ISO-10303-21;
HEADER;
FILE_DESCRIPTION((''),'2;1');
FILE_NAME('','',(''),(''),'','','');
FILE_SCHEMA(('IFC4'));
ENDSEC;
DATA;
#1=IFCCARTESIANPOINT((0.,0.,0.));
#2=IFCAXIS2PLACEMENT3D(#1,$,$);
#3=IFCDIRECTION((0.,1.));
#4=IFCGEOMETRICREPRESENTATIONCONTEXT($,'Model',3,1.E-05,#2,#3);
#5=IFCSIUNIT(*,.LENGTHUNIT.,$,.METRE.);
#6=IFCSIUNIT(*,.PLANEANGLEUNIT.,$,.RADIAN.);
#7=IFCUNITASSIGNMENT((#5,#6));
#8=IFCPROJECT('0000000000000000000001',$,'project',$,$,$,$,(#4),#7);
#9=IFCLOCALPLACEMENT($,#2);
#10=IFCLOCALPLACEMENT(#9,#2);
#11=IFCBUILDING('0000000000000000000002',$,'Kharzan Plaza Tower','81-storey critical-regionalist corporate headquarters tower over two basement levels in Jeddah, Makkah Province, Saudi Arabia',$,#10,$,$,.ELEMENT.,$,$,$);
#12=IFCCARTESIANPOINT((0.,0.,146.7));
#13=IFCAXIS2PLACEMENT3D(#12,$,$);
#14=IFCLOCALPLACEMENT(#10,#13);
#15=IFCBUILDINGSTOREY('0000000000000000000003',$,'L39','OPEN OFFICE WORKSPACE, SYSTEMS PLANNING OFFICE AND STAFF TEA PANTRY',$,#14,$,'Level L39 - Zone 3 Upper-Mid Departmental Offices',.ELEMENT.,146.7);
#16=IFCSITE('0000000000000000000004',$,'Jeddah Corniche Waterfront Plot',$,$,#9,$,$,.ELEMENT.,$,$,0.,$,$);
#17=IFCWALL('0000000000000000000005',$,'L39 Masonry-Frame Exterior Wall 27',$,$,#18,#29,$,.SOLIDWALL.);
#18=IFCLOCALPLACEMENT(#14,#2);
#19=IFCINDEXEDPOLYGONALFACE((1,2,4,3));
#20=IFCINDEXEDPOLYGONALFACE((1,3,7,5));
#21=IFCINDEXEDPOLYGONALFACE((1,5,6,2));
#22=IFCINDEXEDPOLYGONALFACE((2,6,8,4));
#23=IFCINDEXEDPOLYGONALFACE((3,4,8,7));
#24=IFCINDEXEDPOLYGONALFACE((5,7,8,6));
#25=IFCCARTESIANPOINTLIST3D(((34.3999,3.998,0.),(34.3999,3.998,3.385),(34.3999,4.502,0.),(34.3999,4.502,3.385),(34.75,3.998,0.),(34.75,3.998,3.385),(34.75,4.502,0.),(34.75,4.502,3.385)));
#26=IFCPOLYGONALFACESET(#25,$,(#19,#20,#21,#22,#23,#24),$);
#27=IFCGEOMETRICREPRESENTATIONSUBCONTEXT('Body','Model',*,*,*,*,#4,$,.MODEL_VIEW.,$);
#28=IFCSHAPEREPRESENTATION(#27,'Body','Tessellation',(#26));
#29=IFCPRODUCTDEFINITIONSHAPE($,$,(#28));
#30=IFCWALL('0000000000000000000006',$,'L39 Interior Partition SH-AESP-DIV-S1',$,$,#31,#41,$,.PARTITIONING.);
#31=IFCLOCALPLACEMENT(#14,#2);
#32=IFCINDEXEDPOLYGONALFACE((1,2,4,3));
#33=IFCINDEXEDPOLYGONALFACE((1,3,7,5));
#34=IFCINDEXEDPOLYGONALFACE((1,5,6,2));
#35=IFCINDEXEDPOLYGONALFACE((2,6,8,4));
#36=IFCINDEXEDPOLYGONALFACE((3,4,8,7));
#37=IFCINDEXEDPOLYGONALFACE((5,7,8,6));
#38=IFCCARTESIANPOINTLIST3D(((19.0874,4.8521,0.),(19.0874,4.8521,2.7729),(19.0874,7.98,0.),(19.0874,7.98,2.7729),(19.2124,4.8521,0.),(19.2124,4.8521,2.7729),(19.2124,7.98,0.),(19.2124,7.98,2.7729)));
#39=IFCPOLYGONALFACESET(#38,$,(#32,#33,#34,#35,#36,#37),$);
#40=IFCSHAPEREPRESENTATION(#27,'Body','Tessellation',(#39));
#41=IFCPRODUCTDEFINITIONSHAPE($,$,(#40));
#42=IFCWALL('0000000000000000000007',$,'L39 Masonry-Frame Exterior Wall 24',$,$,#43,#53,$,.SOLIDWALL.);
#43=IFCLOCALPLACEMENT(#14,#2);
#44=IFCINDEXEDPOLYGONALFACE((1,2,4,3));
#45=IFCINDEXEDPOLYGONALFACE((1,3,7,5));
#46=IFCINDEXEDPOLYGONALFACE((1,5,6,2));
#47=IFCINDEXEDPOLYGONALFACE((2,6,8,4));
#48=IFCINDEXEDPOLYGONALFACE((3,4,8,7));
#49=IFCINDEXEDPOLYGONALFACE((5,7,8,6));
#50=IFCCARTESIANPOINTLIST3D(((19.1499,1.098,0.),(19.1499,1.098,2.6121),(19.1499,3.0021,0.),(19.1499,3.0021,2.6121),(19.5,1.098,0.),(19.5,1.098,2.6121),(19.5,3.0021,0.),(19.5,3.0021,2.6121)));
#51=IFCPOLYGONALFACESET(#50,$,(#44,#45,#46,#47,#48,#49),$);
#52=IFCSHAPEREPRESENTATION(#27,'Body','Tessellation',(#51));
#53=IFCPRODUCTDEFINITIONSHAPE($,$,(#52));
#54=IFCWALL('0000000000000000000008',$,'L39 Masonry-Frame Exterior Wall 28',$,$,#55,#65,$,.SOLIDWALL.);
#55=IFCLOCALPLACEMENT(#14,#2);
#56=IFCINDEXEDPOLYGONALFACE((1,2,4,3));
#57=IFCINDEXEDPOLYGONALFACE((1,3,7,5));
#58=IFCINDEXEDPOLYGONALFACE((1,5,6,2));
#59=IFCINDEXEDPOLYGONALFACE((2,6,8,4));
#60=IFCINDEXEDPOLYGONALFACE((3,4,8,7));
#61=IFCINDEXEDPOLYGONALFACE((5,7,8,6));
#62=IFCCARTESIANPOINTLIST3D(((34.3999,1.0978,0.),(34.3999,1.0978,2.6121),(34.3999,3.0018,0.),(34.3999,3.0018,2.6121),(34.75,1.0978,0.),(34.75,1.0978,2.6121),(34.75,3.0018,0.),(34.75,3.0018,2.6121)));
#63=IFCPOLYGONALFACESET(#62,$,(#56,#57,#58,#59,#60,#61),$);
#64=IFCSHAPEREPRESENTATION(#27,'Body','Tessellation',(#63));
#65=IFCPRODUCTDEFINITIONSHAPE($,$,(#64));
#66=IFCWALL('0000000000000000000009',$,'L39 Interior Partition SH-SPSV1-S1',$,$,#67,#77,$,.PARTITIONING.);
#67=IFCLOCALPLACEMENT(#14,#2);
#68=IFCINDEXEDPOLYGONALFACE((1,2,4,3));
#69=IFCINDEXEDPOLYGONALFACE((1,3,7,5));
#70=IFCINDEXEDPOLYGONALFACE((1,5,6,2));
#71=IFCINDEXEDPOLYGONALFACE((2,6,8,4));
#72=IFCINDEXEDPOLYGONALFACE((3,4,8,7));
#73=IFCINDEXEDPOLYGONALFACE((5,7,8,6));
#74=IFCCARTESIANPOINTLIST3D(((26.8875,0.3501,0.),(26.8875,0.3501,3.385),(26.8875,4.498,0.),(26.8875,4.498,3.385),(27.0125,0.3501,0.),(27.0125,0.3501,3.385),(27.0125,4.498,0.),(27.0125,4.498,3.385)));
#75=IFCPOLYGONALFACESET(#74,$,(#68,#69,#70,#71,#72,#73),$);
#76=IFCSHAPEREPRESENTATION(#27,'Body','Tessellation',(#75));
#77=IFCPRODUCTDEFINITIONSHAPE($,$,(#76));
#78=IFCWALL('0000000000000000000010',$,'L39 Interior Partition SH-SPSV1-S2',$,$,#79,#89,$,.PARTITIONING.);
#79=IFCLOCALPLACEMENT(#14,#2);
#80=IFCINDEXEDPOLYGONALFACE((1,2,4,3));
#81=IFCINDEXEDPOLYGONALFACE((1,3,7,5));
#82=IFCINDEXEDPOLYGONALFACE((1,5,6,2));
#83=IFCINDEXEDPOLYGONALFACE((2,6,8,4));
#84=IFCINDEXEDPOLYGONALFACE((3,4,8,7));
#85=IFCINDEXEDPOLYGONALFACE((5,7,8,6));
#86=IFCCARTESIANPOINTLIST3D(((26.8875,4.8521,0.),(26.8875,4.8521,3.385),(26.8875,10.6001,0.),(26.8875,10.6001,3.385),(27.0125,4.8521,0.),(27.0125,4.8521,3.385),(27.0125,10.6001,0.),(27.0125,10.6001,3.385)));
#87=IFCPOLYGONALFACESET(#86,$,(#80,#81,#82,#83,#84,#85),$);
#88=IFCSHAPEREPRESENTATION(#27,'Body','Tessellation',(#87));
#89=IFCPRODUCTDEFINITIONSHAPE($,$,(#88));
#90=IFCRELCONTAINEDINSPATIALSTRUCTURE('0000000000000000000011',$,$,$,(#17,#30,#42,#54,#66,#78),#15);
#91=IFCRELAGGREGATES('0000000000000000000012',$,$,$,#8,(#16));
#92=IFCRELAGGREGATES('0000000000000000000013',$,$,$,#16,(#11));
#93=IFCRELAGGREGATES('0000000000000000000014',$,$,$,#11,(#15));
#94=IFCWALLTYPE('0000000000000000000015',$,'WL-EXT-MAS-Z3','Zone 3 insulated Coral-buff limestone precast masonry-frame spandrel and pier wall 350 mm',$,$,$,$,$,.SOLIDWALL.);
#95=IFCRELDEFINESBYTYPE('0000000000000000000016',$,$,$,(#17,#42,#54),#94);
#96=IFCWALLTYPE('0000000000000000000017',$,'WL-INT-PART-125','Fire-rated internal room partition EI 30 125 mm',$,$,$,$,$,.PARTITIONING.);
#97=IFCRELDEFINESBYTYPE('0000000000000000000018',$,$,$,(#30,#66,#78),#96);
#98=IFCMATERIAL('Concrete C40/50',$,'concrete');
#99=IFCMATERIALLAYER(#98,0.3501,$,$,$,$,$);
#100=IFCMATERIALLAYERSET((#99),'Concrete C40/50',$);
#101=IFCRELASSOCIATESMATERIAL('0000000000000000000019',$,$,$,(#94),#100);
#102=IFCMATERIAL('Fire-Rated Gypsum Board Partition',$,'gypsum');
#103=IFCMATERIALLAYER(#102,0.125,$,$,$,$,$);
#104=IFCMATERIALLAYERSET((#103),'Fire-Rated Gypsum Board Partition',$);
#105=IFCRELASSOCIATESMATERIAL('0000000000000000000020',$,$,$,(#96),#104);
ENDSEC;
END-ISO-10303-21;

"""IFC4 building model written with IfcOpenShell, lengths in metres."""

from ifc_helpers import new_model, si_unit, direction, frame, frame_2d, origin, place, context, subcontext, project, spatial, rectangle, extrude, source, transform, mapped, material, layer, layer_set, type_object, element, save


model = new_model("IFC4")

# Units and contexts
model_context = context("Model", 3, precision=1e-05, world=origin(), true_north=direction((0.0, 1.0)))
body_context = subcontext(model_context, "Body", "Model", "MODEL_VIEW")
ifc_project = project(units=[si_unit("LENGTHUNIT", "METRE"), si_unit("PLANEANGLEUNIT", "RADIAN")], contexts=[model_context])

# Site, building, storey
site_placement = place(None, origin())
site = spatial("IfcSite", under=ifc_project, at=site_placement, Name="Jeddah Corniche Waterfront Plot", CompositionType="ELEMENT", RefElevation=0.0)
building_placement = place(site_placement, origin())
building = spatial("IfcBuilding", under=site, at=building_placement, Name="Kharzan Plaza Tower", Description="81-storey critical-regionalist corporate headquarters tower over two basement levels in Jeddah, Makkah Province, Saudi Arabia", CompositionType="ELEMENT")
storey_placement = place(building_placement, frame((0.0, 0.0, 146.7)))
storey = spatial("IfcBuildingStorey", under=building, at=storey_placement, Name="L39", Description="OPEN OFFICE WORKSPACE, SYSTEMS PLANNING OFFICE AND STAFF TEA PANTRY", LongName="Level L39 - Zone 3 Upper-Mid Departmental Offices", CompositionType="ELEMENT", Elevation=146.7)

# Shared definitions
ifc_material_1 = material(Name="Concrete C40/50", Category="concrete")
ifc_layer_1 = layer(ifc_material_1, 0.3501)
ifc_layer_set_1 = layer_set([ifc_layer_1], Name="Concrete C40/50")
wall_type_1 = type_object("IfcWallType", Name="WL-EXT-MAS-Z3", Description="Zone 3 insulated Coral-buff limestone precast masonry-frame spandrel and pier wall 350 mm", PredefinedType="SOLIDWALL", material=ifc_layer_set_1)

# Walls
shared_shape_1 = source(origin(), body_context, "Body", "SweptSolid", [
    extrude(rectangle(XDim=0.5039, YDim=0.3501, at=frame_2d((0.252, 0.0))), origin(), (0.0, 0.0, 1.0), 3.385),
])
wall_1_placement = place(storey_placement, frame((34.575, 4.502, 0.0), z_axis=(0.0, 0.0, 1.0), x_axis=(0.0, -1.0, 0.0)))
element("IfcWall", 1, at=wall_1_placement, inside=storey, type_object=wall_type_1, Name="L39 Masonry-Frame Exterior Wall 27", PredefinedType="SOLIDWALL", context=body_context, shape_type="MappedRepresentation", body=[
    mapped(shared_shape_1, transform((0.0, 0.0, 0.0), x_axis=(1.0, 0.0, 0.0), y_axis=(0.0, 1.0, 0.0), z_axis=(0.0, 0.0, 1.0))),
])
ifc_material_2 = material(Name="Fire-Rated Gypsum Board Partition", Category="gypsum")
ifc_layer_2 = layer(ifc_material_2, 0.125)
ifc_layer_set_2 = layer_set([ifc_layer_2], Name="Fire-Rated Gypsum Board Partition")
wall_type_2 = type_object("IfcWallType", Name="WL-INT-PART-125", Description="Fire-rated internal room partition EI 30 125 mm", PredefinedType="PARTITIONING", material=ifc_layer_set_2)
shared_shape_2 = source(origin(), body_context, "Body", "SweptSolid", [
    extrude(rectangle(XDim=3.1279, YDim=0.125, at=frame_2d((1.564, 0.0))), origin(), (0.0, 0.0, 1.0), 2.7729),
])
wall_2_placement = place(storey_placement, frame((19.1499, 4.8521, 0.0), z_axis=(0.0, 0.0, 1.0), x_axis=(0.0, 1.0, 0.0)))
element("IfcWall", 2, at=wall_2_placement, inside=storey, type_object=wall_type_2, Name="L39 Interior Partition SH-AESP-DIV-S1", PredefinedType="PARTITIONING", context=body_context, shape_type="MappedRepresentation", body=[
    mapped(shared_shape_2, transform((0.0, 0.0, 0.0), x_axis=(1.0, 0.0, 0.0), y_axis=(0.0, 1.0, 0.0), z_axis=(0.0, 0.0, 1.0))),
])
shared_shape_3 = source(origin(), body_context, "Body", "SweptSolid", [
    extrude(rectangle(XDim=1.9041, YDim=0.3501, at=frame_2d((0.9521, 0.0))), origin(), (0.0, 0.0, 1.0), 2.6121),
])
for number, where, z_axis, x_axis, name in (
    (3, (19.325, 1.0979, 0.0), (0.0, 0.0, 1.0), (0.0, 1.0, 0.0), "L39 Masonry-Frame Exterior Wall 24"),
    (4, (34.575, 3.002, 0.0), (0.0, 0.0, 1.0), (0.0, -1.0, 0.0), "L39 Masonry-Frame Exterior Wall 28"),
):
    element("IfcWall", number, at=place(storey_placement, frame(where, z_axis=z_axis, x_axis=x_axis)), inside=storey, type_object=wall_type_1, Name=name, PredefinedType="SOLIDWALL", context=body_context, shape_type="MappedRepresentation", body=[
        mapped(shared_shape_3, transform((0.0, 0.0, 0.0), x_axis=(1.0, 0.0, 0.0), y_axis=(0.0, 1.0, 0.0), z_axis=(0.0, 0.0, 1.0))),
    ])
shared_shape_4 = source(origin(), body_context, "Body", "SweptSolid", [
    extrude(rectangle(XDim=4.1479, YDim=0.125, at=frame_2d((2.074, 0.0))), origin(), (0.0, 0.0, 1.0), 3.385),
])
wall_3_placement = place(storey_placement, frame((26.95, 0.3501, 0.0), z_axis=(0.0, 0.0, 1.0), x_axis=(0.0, 1.0, 0.0)))
element("IfcWall", 5, at=wall_3_placement, inside=storey, type_object=wall_type_2, Name="L39 Interior Partition SH-SPSV1-S1", PredefinedType="PARTITIONING", context=body_context, shape_type="MappedRepresentation", body=[
    mapped(shared_shape_4, transform((0.0, 0.0, 0.0), x_axis=(1.0, 0.0, 0.0), y_axis=(0.0, 1.0, 0.0), z_axis=(0.0, 0.0, 1.0))),
])
shared_shape_5 = source(origin(), body_context, "Body", "SweptSolid", [
    extrude(rectangle(XDim=5.748, YDim=0.125, at=frame_2d((2.874, 0.0))), origin(), (0.0, 0.0, 1.0), 3.385),
])
wall_4_placement = place(storey_placement, frame((26.95, 4.8521, 0.0), z_axis=(0.0, 0.0, 1.0), x_axis=(0.0, 1.0, 0.0)))
element("IfcWall", 6, at=wall_4_placement, inside=storey, type_object=wall_type_2, Name="L39 Interior Partition SH-SPSV1-S2", PredefinedType="PARTITIONING", context=body_context, shape_type="MappedRepresentation", body=[
    mapped(shared_shape_5, transform((0.0, 0.0, 0.0), x_axis=(1.0, 0.0, 0.0), y_axis=(0.0, 1.0, 0.0), z_axis=(0.0, 0.0, 1.0))),
])

save(model, "model.ifc")
